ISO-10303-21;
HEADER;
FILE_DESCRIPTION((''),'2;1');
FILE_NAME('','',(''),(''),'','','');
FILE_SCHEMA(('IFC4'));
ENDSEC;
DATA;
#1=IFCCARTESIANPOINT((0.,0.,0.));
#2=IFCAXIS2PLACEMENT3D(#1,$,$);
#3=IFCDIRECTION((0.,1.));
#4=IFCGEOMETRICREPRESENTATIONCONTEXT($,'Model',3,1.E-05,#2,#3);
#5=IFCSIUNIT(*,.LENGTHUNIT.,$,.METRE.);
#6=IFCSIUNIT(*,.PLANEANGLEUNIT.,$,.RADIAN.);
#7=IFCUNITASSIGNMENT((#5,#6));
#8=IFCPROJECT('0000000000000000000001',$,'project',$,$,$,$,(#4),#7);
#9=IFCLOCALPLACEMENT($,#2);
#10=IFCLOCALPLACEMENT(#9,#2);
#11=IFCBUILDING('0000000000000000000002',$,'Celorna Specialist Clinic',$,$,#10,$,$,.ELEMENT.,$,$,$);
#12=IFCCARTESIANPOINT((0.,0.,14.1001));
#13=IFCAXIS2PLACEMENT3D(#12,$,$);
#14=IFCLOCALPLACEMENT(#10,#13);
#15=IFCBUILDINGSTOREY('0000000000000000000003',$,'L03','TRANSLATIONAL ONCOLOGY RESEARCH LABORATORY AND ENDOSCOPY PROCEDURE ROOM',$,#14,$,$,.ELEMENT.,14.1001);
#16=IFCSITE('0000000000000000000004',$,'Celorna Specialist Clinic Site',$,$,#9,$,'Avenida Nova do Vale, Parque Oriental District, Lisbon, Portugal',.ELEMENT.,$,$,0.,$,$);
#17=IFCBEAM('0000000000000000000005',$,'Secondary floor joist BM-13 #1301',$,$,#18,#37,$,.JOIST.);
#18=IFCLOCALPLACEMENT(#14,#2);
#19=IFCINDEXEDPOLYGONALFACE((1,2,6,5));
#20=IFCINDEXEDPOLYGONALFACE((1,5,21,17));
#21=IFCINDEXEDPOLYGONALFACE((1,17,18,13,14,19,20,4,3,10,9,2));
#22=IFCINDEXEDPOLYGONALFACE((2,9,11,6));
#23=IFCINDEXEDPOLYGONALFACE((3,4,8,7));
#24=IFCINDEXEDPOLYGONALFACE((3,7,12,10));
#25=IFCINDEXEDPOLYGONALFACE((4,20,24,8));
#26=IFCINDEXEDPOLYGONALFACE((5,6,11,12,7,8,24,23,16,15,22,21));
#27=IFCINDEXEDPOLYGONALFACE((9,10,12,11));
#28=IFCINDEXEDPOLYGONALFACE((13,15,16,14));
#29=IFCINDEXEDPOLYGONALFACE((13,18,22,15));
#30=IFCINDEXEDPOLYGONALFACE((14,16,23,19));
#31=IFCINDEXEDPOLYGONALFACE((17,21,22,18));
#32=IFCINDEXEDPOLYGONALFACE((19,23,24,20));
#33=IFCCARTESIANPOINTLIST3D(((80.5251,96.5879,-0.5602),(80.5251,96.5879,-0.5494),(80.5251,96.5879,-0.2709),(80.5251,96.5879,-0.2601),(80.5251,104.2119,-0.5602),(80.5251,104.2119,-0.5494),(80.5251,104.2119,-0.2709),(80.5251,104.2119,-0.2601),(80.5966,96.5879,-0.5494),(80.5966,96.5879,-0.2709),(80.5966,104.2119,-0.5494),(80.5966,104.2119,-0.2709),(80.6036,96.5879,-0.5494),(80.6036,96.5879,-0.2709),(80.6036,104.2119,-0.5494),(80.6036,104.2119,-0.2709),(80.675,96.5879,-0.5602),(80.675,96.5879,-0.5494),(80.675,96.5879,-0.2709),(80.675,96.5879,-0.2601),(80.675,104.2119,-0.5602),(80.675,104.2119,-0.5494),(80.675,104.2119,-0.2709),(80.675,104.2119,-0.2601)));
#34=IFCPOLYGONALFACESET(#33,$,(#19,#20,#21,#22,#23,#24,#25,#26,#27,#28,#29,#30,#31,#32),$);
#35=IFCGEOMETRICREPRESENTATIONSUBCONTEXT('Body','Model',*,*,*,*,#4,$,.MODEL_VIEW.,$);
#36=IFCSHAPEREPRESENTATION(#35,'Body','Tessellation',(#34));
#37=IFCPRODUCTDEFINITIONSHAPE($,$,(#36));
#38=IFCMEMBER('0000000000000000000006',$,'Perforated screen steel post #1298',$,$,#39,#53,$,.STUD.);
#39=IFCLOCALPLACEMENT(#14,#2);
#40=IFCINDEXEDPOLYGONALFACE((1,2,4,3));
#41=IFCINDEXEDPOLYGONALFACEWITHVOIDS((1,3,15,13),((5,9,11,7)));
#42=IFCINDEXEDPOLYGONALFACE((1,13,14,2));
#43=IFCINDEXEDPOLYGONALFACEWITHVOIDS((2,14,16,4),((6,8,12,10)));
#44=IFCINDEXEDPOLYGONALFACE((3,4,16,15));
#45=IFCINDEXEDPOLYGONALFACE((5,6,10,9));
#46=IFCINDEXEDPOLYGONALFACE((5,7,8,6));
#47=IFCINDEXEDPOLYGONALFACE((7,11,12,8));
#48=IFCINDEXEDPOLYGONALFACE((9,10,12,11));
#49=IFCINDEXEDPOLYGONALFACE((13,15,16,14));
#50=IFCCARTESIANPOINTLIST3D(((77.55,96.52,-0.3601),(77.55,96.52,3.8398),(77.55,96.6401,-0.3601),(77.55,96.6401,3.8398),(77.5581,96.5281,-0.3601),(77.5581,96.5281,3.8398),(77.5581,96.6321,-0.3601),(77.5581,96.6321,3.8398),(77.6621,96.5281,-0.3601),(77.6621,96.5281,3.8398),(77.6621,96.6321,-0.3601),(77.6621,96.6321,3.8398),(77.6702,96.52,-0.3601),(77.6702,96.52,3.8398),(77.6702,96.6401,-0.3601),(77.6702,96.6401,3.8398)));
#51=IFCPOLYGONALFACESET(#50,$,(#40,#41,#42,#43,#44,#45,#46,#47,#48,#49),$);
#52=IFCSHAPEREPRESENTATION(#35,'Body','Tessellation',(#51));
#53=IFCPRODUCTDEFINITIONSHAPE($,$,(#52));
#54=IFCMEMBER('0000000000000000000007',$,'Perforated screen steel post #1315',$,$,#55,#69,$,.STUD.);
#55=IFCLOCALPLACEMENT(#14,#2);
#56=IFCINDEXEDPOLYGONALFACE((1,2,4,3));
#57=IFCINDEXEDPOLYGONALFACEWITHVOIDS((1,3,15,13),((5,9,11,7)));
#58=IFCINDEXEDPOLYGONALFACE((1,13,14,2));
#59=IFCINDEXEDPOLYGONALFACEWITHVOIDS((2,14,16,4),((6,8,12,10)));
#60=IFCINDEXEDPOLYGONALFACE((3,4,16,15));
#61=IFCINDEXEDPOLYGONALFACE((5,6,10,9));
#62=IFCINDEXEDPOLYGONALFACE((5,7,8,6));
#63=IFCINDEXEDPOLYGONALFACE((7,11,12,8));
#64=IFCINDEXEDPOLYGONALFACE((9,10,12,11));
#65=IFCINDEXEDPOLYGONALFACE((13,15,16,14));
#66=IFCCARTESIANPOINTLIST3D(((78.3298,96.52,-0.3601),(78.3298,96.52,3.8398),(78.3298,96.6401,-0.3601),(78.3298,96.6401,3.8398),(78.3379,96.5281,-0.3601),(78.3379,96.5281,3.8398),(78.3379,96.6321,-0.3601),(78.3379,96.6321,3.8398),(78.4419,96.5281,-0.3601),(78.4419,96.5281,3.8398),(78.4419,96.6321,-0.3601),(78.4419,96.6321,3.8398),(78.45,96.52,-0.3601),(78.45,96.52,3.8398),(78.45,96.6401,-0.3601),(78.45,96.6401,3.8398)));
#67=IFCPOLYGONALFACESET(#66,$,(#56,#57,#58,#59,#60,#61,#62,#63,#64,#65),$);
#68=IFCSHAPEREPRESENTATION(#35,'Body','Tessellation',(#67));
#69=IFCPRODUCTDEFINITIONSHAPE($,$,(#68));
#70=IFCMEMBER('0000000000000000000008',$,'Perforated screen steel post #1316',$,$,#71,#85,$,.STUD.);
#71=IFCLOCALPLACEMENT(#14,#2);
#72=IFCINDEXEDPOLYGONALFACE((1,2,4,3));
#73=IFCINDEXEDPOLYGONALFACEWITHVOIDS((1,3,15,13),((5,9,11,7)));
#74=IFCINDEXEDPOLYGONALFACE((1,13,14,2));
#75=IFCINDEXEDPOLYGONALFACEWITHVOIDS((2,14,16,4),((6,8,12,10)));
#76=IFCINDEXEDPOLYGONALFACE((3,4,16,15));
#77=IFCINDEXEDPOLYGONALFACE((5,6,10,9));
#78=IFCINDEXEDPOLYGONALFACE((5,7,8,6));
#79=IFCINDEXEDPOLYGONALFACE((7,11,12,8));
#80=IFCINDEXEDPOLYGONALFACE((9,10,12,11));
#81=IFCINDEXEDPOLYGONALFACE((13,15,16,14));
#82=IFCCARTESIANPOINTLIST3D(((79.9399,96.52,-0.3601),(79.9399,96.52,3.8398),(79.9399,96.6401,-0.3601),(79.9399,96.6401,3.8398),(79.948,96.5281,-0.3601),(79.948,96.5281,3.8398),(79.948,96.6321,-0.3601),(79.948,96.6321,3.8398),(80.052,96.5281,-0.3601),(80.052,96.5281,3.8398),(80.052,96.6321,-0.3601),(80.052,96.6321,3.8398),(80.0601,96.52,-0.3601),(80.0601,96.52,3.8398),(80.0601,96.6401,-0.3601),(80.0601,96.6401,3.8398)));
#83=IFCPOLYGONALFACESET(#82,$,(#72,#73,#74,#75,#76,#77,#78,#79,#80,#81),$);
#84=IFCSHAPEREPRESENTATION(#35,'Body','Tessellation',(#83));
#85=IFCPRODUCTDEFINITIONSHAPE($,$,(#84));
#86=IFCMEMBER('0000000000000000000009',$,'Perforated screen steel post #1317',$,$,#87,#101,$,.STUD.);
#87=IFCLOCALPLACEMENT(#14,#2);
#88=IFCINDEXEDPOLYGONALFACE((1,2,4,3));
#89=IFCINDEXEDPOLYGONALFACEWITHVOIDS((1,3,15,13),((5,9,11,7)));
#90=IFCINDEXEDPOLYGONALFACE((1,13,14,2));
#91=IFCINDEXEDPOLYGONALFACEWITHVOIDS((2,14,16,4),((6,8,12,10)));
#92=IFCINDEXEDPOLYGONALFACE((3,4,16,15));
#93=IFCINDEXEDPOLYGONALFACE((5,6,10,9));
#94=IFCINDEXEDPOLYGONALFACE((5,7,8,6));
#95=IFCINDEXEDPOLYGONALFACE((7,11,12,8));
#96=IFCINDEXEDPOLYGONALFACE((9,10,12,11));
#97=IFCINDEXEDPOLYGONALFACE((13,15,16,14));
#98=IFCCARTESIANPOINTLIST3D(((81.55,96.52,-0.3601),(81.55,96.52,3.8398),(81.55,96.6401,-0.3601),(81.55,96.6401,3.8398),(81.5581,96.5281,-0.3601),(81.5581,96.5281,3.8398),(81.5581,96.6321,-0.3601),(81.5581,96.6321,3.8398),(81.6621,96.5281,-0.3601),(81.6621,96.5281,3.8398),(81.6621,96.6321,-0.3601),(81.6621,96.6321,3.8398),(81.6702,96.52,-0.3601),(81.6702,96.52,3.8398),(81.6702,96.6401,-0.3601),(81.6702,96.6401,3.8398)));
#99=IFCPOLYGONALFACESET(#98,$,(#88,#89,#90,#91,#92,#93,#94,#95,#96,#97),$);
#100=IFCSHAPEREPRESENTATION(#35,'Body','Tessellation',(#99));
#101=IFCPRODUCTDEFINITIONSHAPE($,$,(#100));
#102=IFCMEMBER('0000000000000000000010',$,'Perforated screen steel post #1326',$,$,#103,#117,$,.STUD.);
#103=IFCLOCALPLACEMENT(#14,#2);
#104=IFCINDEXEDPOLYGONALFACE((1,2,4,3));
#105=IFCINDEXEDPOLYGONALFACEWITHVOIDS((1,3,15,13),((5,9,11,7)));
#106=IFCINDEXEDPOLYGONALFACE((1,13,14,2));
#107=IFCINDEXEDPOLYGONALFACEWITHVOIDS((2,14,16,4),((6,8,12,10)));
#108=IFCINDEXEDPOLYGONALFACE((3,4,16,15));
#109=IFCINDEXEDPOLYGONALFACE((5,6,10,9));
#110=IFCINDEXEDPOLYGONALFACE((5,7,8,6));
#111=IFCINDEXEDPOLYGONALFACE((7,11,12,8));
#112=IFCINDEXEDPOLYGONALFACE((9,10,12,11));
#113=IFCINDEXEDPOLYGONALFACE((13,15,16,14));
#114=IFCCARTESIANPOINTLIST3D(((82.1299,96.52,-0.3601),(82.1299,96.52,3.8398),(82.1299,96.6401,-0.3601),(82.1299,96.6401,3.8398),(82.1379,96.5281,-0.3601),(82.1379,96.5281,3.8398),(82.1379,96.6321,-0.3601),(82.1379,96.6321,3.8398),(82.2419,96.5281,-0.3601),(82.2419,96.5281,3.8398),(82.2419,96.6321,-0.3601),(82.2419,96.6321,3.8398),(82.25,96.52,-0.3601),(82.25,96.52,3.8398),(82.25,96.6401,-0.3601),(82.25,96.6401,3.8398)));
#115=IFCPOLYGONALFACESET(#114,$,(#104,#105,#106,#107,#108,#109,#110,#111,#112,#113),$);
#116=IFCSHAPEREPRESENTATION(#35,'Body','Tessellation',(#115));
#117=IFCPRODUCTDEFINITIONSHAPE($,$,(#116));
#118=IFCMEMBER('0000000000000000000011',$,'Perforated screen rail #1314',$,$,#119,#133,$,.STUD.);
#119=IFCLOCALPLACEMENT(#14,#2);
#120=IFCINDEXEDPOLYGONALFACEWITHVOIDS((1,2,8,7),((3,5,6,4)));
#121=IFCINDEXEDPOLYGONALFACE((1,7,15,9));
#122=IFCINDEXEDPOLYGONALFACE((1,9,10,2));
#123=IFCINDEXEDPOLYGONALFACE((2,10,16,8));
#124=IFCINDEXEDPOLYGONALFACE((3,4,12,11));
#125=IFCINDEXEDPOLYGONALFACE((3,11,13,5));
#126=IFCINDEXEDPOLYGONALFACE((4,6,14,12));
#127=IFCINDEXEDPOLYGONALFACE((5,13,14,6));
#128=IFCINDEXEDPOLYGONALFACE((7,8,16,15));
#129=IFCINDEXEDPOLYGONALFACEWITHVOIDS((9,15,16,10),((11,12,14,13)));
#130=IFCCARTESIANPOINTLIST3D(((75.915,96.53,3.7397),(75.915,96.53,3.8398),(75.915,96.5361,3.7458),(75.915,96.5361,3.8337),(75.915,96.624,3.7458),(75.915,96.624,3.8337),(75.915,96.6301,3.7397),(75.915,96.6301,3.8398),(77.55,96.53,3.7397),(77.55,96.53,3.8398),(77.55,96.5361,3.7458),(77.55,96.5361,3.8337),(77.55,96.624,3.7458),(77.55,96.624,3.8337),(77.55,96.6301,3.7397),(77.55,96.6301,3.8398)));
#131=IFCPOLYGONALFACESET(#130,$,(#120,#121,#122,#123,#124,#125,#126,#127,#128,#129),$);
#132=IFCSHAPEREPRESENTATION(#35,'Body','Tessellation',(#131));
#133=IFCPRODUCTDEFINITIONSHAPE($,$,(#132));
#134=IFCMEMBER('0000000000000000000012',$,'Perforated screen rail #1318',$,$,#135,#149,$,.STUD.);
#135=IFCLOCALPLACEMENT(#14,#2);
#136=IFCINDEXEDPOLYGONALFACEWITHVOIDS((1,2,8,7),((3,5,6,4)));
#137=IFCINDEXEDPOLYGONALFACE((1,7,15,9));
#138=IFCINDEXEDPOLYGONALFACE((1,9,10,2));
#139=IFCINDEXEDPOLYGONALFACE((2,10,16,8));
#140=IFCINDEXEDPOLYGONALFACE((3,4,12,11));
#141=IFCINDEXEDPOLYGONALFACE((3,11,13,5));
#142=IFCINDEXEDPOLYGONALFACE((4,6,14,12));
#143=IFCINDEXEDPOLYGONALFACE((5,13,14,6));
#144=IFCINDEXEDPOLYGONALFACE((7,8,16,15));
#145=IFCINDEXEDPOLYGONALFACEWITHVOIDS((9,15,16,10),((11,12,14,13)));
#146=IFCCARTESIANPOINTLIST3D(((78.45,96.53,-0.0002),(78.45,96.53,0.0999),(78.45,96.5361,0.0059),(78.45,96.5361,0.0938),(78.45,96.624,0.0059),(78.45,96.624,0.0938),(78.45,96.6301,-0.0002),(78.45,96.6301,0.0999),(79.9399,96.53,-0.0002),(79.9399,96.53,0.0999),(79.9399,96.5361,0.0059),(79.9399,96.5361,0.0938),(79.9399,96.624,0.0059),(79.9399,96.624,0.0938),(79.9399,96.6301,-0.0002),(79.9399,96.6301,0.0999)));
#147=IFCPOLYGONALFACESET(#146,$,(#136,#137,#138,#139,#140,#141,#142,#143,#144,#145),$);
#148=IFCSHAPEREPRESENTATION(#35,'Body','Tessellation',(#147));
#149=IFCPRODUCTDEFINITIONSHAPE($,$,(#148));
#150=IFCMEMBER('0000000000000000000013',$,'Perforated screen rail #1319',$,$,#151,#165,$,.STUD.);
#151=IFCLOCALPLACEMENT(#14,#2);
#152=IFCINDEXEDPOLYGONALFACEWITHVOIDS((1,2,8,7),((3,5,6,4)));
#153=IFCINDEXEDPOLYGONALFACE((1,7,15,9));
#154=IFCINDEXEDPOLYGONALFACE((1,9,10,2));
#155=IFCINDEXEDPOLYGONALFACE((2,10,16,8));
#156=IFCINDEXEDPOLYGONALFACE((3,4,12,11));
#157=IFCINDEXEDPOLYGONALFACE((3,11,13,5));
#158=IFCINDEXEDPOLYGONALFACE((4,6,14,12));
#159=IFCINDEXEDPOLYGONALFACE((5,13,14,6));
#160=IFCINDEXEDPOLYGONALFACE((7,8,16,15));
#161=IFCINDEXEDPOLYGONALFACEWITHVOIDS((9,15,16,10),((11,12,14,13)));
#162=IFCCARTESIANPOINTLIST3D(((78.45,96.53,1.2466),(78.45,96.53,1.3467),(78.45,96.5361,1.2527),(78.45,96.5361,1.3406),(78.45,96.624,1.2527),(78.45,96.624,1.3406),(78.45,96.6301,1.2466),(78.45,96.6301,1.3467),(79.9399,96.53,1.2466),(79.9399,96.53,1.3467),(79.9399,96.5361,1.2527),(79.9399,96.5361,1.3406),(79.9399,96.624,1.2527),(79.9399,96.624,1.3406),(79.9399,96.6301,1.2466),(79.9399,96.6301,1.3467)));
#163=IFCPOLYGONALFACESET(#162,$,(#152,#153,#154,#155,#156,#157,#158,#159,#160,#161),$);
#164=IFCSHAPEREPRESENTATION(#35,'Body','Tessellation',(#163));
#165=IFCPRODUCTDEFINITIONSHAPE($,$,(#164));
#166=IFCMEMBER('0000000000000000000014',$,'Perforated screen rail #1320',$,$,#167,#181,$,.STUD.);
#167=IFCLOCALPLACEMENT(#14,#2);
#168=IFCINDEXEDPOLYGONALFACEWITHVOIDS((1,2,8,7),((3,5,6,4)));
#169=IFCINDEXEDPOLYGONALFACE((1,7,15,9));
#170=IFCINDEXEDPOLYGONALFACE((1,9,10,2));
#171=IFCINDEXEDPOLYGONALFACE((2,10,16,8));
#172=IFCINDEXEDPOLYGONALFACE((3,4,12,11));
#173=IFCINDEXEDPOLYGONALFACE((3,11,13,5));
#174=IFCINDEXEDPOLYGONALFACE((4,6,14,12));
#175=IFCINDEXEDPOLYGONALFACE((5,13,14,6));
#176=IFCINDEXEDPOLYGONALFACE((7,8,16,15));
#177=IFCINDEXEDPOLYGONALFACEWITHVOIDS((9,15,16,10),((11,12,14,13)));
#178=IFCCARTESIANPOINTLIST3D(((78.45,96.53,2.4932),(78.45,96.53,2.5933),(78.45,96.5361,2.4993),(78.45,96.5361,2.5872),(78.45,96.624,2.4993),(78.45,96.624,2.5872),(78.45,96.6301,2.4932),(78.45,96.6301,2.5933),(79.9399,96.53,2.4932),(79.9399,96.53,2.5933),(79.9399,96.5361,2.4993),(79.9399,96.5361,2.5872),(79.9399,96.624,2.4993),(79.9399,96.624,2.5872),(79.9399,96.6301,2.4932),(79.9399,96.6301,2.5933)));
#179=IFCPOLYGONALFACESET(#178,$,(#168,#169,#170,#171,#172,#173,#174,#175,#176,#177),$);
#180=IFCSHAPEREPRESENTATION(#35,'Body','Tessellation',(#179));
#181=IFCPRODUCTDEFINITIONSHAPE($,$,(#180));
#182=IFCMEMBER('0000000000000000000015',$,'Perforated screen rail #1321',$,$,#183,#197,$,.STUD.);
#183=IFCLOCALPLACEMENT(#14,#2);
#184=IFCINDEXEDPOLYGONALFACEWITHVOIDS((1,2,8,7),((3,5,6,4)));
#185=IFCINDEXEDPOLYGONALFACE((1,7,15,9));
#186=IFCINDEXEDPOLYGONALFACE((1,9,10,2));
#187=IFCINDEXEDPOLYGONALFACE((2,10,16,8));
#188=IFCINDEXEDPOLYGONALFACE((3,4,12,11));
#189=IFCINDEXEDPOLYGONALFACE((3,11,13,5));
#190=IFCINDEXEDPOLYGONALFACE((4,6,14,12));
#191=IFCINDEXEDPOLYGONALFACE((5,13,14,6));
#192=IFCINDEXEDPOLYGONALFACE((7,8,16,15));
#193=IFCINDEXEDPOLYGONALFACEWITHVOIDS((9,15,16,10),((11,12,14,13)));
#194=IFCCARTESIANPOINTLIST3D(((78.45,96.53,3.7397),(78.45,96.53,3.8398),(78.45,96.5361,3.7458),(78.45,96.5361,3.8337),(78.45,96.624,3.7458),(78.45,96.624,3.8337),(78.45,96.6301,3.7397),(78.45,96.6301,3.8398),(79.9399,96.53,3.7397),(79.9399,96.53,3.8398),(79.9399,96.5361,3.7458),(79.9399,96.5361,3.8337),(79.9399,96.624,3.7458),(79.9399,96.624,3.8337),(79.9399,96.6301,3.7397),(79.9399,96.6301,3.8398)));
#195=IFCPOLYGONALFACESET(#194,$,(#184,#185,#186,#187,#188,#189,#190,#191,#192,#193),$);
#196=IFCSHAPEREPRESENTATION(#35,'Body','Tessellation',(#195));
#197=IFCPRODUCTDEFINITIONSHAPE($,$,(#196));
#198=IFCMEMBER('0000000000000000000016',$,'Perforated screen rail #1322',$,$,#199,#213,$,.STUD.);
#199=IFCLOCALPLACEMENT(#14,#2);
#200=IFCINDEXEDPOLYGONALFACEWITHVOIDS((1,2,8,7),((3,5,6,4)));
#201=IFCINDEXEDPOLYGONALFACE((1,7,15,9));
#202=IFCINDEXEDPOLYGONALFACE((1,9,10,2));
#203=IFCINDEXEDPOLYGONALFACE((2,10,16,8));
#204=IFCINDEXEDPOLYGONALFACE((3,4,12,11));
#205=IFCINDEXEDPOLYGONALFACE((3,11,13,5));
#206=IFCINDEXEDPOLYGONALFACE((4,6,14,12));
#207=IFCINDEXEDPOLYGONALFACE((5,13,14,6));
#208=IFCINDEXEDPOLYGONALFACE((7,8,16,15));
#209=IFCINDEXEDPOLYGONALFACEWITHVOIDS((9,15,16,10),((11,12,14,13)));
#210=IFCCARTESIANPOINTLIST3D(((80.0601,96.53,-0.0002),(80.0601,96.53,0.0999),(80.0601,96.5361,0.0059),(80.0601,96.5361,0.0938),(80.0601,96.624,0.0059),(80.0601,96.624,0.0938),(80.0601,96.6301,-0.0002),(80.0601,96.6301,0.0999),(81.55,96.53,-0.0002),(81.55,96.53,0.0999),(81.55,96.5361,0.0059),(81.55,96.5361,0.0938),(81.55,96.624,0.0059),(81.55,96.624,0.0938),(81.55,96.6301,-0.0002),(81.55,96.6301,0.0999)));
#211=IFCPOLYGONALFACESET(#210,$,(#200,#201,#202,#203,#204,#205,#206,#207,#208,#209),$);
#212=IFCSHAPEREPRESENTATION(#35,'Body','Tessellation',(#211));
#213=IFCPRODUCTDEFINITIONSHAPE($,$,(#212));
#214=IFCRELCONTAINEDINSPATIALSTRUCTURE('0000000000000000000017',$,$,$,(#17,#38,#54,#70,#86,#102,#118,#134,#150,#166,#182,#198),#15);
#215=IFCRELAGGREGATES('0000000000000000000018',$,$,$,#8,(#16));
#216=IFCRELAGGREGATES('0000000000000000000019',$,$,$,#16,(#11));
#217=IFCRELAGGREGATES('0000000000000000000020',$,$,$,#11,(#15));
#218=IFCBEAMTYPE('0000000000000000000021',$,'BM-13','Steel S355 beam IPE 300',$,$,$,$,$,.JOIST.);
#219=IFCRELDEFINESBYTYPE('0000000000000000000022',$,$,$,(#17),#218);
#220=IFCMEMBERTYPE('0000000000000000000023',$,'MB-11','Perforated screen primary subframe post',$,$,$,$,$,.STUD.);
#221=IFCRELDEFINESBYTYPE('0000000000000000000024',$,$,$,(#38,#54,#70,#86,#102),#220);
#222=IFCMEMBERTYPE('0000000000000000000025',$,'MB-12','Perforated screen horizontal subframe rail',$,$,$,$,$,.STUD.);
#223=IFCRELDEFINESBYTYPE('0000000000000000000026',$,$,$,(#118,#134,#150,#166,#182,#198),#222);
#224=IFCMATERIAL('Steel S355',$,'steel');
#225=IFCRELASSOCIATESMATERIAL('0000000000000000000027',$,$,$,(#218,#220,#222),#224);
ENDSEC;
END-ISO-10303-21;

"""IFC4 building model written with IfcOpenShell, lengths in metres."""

from ifc_helpers import new_model, si_unit, direction, frame, origin, origin_2d, place, context, subcontext, project, spatial, hollow_rectangle, i_section, extrude, material, material_profile, profile_set, type_object, element, save


model = new_model("IFC4")

# Units and contexts
model_context = context("Model", 3, precision=1e-05, world=origin(), true_north=direction((0.0, 1.0)))
body_context = subcontext(model_context, "Body", "Model", "MODEL_VIEW")
ifc_project = project(units=[si_unit("LENGTHUNIT", "METRE"), si_unit("PLANEANGLEUNIT", "RADIAN")], contexts=[model_context])

# Site, building, storey
site_placement = place(None, origin())
site = spatial("IfcSite", under=ifc_project, at=site_placement, Name="Celorna Specialist Clinic Site", LongName="Avenida Nova do Vale, Parque Oriental District, Lisbon, Portugal", CompositionType="ELEMENT", RefElevation=0.0)
building_placement = place(site_placement, origin())
building = spatial("IfcBuilding", under=site, at=building_placement, Name="Celorna Specialist Clinic", CompositionType="ELEMENT")
storey_placement = place(building_placement, frame((0.0, 0.0, 14.1001)))
storey = spatial("IfcBuildingStorey", under=building, at=storey_placement, Name="L03", Description="TRANSLATIONAL ONCOLOGY RESEARCH LABORATORY AND ENDOSCOPY PROCEDURE ROOM", CompositionType="ELEMENT", Elevation=14.1001)

# Beam
ifc_material = material(Name="Steel S355", Category="steel")
ifc_material_profile_1 = material_profile(ifc_material, i_section(OverallWidth=0.1499, OverallDepth=0.3, WebThickness=0.0071, FlangeThickness=0.0107, at=origin_2d()), Name="IPE 300")
ifc_profile_set_1 = profile_set([ifc_material_profile_1], Name="Steel S355")
beam_type = type_object("IfcBeamType", Name="BM-13", Description="Steel S355 beam IPE 300", PredefinedType="JOIST", material=ifc_profile_set_1)
beam_placement = place(storey_placement, frame((80.6001, 96.5879, -0.4102), z_axis=(0.0, 1.0, 0.0), x_axis=(-1.0, 0.0, 0.0)))
element("IfcBeam", 1, at=beam_placement, inside=storey, type_object=beam_type, Name="Secondary floor joist BM-13 #1301", PredefinedType="JOIST", context=body_context, shape_type="SweptSolid", body=[
    extrude(i_section(OverallWidth=0.1499, OverallDepth=0.3, WebThickness=0.0071, FlangeThickness=0.0107, at=origin_2d()), origin(), (0.0, 0.0, 1.0), 7.624),
])

# Members
ifc_material_profile_2 = material_profile(ifc_material, hollow_rectangle(XDim=0.1201, YDim=0.1201, WallThickness=0.0081, at=origin_2d()), Name="SHS 120x120x8")
ifc_profile_set_2 = profile_set([ifc_material_profile_2], Name="Steel S355")
member_type_1 = type_object("IfcMemberType", Name="MB-11", Description="Perforated screen primary subframe post", PredefinedType="STUD", material=ifc_profile_set_2)
for number, where, z_axis, x_axis, name in (
    (2, (77.6101, 96.5801, -0.3601), (0.0, 0.0, 1.0), (1.0, 0.0, 0.0), "Perforated screen steel post #1298"),
    (3, (78.3899, 96.5801, -0.3601), (0.0, 0.0, 1.0), (1.0, 0.0, 0.0), "Perforated screen steel post #1315"),
    (4, (80.0, 96.5801, -0.3601), (0.0, 0.0, 1.0), (1.0, 0.0, 0.0), "Perforated screen steel post #1316"),
    (5, (81.6101, 96.5801, -0.3601), (0.0, 0.0, 1.0), (1.0, 0.0, 0.0), "Perforated screen steel post #1317"),
    (6, (82.1899, 96.5801, -0.3601), (0.0, 0.0, 1.0), (1.0, 0.0, 0.0), "Perforated screen steel post #1326"),
):
    element("IfcMember", number, at=place(storey_placement, frame(where, z_axis=z_axis, x_axis=x_axis)), inside=storey, type_object=member_type_1, Name=name, PredefinedType="STUD", context=body_context, shape_type="SweptSolid", body=[
        extrude(hollow_rectangle(XDim=0.1201, YDim=0.1201, WallThickness=0.0081, at=origin_2d()), origin(), (0.0, 0.0, 1.0), 4.2),
    ])
ifc_material_profile_3 = material_profile(ifc_material, hollow_rectangle(XDim=0.1001, YDim=0.1001, WallThickness=0.0061, at=origin_2d()), Name="SHS 100x100x6")
ifc_profile_set_3 = profile_set([ifc_material_profile_3], Name="Steel S355")
member_type_2 = type_object("IfcMemberType", Name="MB-12", Description="Perforated screen horizontal subframe rail", PredefinedType="STUD", material=ifc_profile_set_3)
member_placement = place(storey_placement, frame((75.915, 96.5801, 3.7898), z_axis=(1.0, 0.0, 0.0), x_axis=(0.0, 1.0, 0.0)))
element("IfcMember", 7, at=member_placement, inside=storey, type_object=member_type_2, Name="Perforated screen rail #1314", PredefinedType="STUD", context=body_context, shape_type="SweptSolid", body=[
    extrude(hollow_rectangle(XDim=0.1001, YDim=0.1001, WallThickness=0.0061, at=origin_2d()), origin(), (0.0, 0.0, 1.0), 1.635),
])
for number, where, z_axis, x_axis, name in (
    (8, (78.45, 96.5801, 0.0498), (1.0, 0.0, 0.0), (0.0, 1.0, 0.0), "Perforated screen rail #1318"),
    (9, (78.45, 96.5801, 1.2966), (1.0, 0.0, 0.0), (0.0, 1.0, 0.0), "Perforated screen rail #1319"),
    (10, (78.45, 96.5801, 2.5432), (1.0, 0.0, 0.0), (0.0, 1.0, 0.0), "Perforated screen rail #1320"),
    (11, (78.45, 96.5801, 3.7898), (1.0, 0.0, 0.0), (0.0, 1.0, 0.0), "Perforated screen rail #1321"),
    (12, (80.0601, 96.5801, 0.0498), (1.0, 0.0, 0.0), (0.0, 1.0, 0.0), "Perforated screen rail #1322"),
):
    element("IfcMember", number, at=place(storey_placement, frame(where, z_axis=z_axis, x_axis=x_axis)), inside=storey, type_object=member_type_2, Name=name, PredefinedType="STUD", context=body_context, shape_type="SweptSolid", body=[
        extrude(hollow_rectangle(XDim=0.1001, YDim=0.1001, WallThickness=0.0061, at=origin_2d()), origin(), (0.0, 0.0, 1.0), 1.49),
    ])

save(model, "model.ifc")
